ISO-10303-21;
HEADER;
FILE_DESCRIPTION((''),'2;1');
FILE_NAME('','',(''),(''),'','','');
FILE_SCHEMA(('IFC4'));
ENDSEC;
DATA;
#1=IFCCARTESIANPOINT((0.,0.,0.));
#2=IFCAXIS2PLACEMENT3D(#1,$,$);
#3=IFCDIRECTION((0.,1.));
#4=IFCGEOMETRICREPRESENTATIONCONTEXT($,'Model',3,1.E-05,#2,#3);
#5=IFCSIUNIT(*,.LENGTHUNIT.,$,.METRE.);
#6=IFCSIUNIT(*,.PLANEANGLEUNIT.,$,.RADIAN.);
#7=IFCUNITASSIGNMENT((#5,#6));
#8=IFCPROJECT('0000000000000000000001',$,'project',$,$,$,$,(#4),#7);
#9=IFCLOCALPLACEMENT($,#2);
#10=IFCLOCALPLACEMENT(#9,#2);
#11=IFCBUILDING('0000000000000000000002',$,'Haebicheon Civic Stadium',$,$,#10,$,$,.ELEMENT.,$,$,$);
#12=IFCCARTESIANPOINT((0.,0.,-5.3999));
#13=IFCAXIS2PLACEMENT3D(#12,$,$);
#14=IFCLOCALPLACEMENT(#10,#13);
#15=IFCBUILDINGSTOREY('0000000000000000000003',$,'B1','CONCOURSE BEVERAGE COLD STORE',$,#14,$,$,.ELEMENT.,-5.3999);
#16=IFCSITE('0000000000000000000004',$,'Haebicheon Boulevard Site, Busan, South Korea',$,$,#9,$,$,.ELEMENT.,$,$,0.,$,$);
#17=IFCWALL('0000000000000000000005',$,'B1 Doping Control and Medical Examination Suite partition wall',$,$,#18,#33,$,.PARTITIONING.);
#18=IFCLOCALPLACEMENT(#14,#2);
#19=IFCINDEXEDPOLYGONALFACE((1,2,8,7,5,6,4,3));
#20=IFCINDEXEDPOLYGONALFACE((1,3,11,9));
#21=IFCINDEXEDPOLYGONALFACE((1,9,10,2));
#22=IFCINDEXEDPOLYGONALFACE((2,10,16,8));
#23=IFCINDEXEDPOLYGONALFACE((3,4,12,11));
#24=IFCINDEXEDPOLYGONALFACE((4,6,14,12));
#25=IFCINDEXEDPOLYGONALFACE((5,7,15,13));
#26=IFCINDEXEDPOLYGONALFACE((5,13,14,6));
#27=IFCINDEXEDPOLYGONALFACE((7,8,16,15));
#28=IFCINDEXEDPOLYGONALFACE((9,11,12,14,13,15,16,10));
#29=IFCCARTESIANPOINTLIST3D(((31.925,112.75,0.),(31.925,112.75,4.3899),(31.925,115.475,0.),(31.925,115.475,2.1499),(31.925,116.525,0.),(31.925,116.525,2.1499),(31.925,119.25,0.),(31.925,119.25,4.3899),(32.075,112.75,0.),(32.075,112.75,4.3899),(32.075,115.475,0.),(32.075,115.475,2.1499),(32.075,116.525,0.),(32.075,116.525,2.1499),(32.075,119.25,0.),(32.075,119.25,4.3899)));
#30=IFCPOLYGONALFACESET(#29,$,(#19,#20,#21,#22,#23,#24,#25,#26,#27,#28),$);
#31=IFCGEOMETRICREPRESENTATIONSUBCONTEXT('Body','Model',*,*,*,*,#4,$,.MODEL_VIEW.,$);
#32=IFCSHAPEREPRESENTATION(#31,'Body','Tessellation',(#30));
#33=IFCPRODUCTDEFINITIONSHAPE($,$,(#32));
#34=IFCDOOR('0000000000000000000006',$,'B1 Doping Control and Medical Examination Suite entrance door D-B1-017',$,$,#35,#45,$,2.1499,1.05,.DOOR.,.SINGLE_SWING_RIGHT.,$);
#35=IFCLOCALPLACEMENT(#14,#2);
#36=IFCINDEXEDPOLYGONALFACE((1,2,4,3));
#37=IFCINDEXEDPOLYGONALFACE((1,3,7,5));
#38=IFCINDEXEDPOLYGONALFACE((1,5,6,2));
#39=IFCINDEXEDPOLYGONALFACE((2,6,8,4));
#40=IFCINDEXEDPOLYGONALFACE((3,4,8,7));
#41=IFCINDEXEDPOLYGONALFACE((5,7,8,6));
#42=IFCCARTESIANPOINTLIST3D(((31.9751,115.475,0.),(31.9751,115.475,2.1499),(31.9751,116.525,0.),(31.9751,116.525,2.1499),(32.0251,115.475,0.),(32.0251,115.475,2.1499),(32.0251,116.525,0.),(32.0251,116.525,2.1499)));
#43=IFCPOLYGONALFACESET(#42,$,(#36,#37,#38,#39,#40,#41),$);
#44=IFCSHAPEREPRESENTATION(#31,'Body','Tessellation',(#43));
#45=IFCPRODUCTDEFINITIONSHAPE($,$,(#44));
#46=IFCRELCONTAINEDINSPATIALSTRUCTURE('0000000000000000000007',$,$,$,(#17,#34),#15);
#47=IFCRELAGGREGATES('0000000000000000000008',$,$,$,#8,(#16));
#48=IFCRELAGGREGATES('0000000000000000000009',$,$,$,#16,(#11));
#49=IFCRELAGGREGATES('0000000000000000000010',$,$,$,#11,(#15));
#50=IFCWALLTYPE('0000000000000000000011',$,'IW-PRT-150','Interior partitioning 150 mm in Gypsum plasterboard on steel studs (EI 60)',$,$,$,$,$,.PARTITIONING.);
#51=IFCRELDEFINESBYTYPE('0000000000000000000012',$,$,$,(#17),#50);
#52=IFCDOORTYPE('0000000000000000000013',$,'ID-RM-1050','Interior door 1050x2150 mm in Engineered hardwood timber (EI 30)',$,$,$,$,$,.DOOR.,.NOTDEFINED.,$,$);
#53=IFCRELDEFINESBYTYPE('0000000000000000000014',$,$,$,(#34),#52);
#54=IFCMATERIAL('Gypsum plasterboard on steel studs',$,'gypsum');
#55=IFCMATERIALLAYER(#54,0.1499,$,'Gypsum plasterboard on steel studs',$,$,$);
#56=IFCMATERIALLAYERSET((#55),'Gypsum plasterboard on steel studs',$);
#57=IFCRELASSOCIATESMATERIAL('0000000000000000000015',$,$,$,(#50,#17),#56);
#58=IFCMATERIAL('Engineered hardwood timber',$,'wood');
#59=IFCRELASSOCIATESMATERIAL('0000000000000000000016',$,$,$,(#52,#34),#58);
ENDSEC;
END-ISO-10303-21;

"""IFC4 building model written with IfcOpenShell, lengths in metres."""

from ifc_helpers import new_model, si_unit, direction, frame, frame_2d, origin, place, context, subcontext, project, spatial, rectangle, extrude, material, layer, layer_set, type_object, element, fill, save


model = new_model("IFC4")

# Units and contexts
model_context = context("Model", 3, precision=1e-05, world=origin(), true_north=direction((0.0, 1.0)))
body_context = subcontext(model_context, "Body", "Model", "MODEL_VIEW")
ifc_project = project(units=[si_unit("LENGTHUNIT", "METRE"), si_unit("PLANEANGLEUNIT", "RADIAN")], contexts=[model_context])

# Site, building, storey
site_placement = place(None, origin())
site = spatial("IfcSite", under=ifc_project, at=site_placement, Name="Haebicheon Boulevard Site, Busan, South Korea", CompositionType="ELEMENT", RefElevation=0.0)
building_placement = place(site_placement, origin())
building = spatial("IfcBuilding", under=site, at=building_placement, Name="Haebicheon Civic Stadium", CompositionType="ELEMENT")
storey_placement = place(building_placement, frame((0.0, 0.0, -5.3999)))
storey = spatial("IfcBuildingStorey", under=building, at=storey_placement, Name="B1", Description="CONCOURSE BEVERAGE COLD STORE", CompositionType="ELEMENT", Elevation=-5.3999)

# Wall, opening, door
ifc_material_1 = material(Name="Gypsum plasterboard on steel studs", Category="gypsum")
ifc_layer_1 = layer(ifc_material_1, 0.1499, Name="Gypsum plasterboard on steel studs")
ifc_layer_set_1 = layer_set([ifc_layer_1], Name="Gypsum plasterboard on steel studs")
wall_type_1 = type_object("IfcWallType", Name="IW-PRT-150", Description="Interior partitioning 150 mm in Gypsum plasterboard on steel studs (EI 60)", PredefinedType="PARTITIONING", material=ifc_layer_set_1)
wall_1_placement = place(storey_placement, frame((32.0, 112.75, 0.0), z_axis=(0.0, 0.0, 1.0), x_axis=(0.0, 1.0, 0.0)))
wall_1 = element("IfcWall", 1, at=wall_1_placement, inside=storey, type_object=wall_type_1, material=ifc_layer_set_1, Name="B1 Doping Control and Medical Examination Suite partition wall", PredefinedType="PARTITIONING", context=body_context, shape_type="SweptSolid", body=[
    extrude(rectangle(XDim=6.5, YDim=0.1499, at=frame_2d((3.25, 0.0))), origin(), (0.0, 0.0, 1.0), 4.3899),
])
opening_placement = place(wall_1_placement, frame((2.7251, 0.0, 0.0)))
opening = element("IfcOpeningElement", 2, at=opening_placement, cuts=wall_1, PredefinedType="OPENING", context=body_context, shape_type="SweptSolid", body=[
    extrude(rectangle(XDim=1.05, YDim=2.1499, at=frame_2d((0.5249, 1.075))), frame((0.0, 0.085, 0.0), z_axis=(0.0, -1.0, 0.0), x_axis=(1.0, 0.0, 0.0)), (0.0, 0.0, 1.0), 0.1699),
])
ifc_material_2 = material(Name="Engineered hardwood timber", Category="wood")
door_type = type_object("IfcDoorType", Name="ID-RM-1050", Description="Interior door 1050x2150 mm in Engineered hardwood timber (EI 30)", OperationType="NOTDEFINED", PredefinedType="DOOR", material=ifc_material_2)
door_placement = place(opening_placement, origin())
door = element("IfcDoor", 3, at=door_placement, inside=storey, type_object=door_type, material=ifc_material_2, Name="B1 Doping Control and Medical Examination Suite entrance door D-B1-017", OperationType="SINGLE_SWING_RIGHT", OverallHeight=2.1499, OverallWidth=1.05, PredefinedType="DOOR", context=body_context, shape_type="SweptSolid", body=[
    extrude(rectangle(XDim=1.05, YDim=2.1499, at=frame_2d((0.5249, 1.075))), frame((0.0, 0.0249, 0.0), z_axis=(0.0, -1.0, 0.0), x_axis=(1.0, 0.0, 0.0)), (0.0, 0.0, 1.0), 0.05),
])
fill(opening, door)

save(model, "model.ifc")
